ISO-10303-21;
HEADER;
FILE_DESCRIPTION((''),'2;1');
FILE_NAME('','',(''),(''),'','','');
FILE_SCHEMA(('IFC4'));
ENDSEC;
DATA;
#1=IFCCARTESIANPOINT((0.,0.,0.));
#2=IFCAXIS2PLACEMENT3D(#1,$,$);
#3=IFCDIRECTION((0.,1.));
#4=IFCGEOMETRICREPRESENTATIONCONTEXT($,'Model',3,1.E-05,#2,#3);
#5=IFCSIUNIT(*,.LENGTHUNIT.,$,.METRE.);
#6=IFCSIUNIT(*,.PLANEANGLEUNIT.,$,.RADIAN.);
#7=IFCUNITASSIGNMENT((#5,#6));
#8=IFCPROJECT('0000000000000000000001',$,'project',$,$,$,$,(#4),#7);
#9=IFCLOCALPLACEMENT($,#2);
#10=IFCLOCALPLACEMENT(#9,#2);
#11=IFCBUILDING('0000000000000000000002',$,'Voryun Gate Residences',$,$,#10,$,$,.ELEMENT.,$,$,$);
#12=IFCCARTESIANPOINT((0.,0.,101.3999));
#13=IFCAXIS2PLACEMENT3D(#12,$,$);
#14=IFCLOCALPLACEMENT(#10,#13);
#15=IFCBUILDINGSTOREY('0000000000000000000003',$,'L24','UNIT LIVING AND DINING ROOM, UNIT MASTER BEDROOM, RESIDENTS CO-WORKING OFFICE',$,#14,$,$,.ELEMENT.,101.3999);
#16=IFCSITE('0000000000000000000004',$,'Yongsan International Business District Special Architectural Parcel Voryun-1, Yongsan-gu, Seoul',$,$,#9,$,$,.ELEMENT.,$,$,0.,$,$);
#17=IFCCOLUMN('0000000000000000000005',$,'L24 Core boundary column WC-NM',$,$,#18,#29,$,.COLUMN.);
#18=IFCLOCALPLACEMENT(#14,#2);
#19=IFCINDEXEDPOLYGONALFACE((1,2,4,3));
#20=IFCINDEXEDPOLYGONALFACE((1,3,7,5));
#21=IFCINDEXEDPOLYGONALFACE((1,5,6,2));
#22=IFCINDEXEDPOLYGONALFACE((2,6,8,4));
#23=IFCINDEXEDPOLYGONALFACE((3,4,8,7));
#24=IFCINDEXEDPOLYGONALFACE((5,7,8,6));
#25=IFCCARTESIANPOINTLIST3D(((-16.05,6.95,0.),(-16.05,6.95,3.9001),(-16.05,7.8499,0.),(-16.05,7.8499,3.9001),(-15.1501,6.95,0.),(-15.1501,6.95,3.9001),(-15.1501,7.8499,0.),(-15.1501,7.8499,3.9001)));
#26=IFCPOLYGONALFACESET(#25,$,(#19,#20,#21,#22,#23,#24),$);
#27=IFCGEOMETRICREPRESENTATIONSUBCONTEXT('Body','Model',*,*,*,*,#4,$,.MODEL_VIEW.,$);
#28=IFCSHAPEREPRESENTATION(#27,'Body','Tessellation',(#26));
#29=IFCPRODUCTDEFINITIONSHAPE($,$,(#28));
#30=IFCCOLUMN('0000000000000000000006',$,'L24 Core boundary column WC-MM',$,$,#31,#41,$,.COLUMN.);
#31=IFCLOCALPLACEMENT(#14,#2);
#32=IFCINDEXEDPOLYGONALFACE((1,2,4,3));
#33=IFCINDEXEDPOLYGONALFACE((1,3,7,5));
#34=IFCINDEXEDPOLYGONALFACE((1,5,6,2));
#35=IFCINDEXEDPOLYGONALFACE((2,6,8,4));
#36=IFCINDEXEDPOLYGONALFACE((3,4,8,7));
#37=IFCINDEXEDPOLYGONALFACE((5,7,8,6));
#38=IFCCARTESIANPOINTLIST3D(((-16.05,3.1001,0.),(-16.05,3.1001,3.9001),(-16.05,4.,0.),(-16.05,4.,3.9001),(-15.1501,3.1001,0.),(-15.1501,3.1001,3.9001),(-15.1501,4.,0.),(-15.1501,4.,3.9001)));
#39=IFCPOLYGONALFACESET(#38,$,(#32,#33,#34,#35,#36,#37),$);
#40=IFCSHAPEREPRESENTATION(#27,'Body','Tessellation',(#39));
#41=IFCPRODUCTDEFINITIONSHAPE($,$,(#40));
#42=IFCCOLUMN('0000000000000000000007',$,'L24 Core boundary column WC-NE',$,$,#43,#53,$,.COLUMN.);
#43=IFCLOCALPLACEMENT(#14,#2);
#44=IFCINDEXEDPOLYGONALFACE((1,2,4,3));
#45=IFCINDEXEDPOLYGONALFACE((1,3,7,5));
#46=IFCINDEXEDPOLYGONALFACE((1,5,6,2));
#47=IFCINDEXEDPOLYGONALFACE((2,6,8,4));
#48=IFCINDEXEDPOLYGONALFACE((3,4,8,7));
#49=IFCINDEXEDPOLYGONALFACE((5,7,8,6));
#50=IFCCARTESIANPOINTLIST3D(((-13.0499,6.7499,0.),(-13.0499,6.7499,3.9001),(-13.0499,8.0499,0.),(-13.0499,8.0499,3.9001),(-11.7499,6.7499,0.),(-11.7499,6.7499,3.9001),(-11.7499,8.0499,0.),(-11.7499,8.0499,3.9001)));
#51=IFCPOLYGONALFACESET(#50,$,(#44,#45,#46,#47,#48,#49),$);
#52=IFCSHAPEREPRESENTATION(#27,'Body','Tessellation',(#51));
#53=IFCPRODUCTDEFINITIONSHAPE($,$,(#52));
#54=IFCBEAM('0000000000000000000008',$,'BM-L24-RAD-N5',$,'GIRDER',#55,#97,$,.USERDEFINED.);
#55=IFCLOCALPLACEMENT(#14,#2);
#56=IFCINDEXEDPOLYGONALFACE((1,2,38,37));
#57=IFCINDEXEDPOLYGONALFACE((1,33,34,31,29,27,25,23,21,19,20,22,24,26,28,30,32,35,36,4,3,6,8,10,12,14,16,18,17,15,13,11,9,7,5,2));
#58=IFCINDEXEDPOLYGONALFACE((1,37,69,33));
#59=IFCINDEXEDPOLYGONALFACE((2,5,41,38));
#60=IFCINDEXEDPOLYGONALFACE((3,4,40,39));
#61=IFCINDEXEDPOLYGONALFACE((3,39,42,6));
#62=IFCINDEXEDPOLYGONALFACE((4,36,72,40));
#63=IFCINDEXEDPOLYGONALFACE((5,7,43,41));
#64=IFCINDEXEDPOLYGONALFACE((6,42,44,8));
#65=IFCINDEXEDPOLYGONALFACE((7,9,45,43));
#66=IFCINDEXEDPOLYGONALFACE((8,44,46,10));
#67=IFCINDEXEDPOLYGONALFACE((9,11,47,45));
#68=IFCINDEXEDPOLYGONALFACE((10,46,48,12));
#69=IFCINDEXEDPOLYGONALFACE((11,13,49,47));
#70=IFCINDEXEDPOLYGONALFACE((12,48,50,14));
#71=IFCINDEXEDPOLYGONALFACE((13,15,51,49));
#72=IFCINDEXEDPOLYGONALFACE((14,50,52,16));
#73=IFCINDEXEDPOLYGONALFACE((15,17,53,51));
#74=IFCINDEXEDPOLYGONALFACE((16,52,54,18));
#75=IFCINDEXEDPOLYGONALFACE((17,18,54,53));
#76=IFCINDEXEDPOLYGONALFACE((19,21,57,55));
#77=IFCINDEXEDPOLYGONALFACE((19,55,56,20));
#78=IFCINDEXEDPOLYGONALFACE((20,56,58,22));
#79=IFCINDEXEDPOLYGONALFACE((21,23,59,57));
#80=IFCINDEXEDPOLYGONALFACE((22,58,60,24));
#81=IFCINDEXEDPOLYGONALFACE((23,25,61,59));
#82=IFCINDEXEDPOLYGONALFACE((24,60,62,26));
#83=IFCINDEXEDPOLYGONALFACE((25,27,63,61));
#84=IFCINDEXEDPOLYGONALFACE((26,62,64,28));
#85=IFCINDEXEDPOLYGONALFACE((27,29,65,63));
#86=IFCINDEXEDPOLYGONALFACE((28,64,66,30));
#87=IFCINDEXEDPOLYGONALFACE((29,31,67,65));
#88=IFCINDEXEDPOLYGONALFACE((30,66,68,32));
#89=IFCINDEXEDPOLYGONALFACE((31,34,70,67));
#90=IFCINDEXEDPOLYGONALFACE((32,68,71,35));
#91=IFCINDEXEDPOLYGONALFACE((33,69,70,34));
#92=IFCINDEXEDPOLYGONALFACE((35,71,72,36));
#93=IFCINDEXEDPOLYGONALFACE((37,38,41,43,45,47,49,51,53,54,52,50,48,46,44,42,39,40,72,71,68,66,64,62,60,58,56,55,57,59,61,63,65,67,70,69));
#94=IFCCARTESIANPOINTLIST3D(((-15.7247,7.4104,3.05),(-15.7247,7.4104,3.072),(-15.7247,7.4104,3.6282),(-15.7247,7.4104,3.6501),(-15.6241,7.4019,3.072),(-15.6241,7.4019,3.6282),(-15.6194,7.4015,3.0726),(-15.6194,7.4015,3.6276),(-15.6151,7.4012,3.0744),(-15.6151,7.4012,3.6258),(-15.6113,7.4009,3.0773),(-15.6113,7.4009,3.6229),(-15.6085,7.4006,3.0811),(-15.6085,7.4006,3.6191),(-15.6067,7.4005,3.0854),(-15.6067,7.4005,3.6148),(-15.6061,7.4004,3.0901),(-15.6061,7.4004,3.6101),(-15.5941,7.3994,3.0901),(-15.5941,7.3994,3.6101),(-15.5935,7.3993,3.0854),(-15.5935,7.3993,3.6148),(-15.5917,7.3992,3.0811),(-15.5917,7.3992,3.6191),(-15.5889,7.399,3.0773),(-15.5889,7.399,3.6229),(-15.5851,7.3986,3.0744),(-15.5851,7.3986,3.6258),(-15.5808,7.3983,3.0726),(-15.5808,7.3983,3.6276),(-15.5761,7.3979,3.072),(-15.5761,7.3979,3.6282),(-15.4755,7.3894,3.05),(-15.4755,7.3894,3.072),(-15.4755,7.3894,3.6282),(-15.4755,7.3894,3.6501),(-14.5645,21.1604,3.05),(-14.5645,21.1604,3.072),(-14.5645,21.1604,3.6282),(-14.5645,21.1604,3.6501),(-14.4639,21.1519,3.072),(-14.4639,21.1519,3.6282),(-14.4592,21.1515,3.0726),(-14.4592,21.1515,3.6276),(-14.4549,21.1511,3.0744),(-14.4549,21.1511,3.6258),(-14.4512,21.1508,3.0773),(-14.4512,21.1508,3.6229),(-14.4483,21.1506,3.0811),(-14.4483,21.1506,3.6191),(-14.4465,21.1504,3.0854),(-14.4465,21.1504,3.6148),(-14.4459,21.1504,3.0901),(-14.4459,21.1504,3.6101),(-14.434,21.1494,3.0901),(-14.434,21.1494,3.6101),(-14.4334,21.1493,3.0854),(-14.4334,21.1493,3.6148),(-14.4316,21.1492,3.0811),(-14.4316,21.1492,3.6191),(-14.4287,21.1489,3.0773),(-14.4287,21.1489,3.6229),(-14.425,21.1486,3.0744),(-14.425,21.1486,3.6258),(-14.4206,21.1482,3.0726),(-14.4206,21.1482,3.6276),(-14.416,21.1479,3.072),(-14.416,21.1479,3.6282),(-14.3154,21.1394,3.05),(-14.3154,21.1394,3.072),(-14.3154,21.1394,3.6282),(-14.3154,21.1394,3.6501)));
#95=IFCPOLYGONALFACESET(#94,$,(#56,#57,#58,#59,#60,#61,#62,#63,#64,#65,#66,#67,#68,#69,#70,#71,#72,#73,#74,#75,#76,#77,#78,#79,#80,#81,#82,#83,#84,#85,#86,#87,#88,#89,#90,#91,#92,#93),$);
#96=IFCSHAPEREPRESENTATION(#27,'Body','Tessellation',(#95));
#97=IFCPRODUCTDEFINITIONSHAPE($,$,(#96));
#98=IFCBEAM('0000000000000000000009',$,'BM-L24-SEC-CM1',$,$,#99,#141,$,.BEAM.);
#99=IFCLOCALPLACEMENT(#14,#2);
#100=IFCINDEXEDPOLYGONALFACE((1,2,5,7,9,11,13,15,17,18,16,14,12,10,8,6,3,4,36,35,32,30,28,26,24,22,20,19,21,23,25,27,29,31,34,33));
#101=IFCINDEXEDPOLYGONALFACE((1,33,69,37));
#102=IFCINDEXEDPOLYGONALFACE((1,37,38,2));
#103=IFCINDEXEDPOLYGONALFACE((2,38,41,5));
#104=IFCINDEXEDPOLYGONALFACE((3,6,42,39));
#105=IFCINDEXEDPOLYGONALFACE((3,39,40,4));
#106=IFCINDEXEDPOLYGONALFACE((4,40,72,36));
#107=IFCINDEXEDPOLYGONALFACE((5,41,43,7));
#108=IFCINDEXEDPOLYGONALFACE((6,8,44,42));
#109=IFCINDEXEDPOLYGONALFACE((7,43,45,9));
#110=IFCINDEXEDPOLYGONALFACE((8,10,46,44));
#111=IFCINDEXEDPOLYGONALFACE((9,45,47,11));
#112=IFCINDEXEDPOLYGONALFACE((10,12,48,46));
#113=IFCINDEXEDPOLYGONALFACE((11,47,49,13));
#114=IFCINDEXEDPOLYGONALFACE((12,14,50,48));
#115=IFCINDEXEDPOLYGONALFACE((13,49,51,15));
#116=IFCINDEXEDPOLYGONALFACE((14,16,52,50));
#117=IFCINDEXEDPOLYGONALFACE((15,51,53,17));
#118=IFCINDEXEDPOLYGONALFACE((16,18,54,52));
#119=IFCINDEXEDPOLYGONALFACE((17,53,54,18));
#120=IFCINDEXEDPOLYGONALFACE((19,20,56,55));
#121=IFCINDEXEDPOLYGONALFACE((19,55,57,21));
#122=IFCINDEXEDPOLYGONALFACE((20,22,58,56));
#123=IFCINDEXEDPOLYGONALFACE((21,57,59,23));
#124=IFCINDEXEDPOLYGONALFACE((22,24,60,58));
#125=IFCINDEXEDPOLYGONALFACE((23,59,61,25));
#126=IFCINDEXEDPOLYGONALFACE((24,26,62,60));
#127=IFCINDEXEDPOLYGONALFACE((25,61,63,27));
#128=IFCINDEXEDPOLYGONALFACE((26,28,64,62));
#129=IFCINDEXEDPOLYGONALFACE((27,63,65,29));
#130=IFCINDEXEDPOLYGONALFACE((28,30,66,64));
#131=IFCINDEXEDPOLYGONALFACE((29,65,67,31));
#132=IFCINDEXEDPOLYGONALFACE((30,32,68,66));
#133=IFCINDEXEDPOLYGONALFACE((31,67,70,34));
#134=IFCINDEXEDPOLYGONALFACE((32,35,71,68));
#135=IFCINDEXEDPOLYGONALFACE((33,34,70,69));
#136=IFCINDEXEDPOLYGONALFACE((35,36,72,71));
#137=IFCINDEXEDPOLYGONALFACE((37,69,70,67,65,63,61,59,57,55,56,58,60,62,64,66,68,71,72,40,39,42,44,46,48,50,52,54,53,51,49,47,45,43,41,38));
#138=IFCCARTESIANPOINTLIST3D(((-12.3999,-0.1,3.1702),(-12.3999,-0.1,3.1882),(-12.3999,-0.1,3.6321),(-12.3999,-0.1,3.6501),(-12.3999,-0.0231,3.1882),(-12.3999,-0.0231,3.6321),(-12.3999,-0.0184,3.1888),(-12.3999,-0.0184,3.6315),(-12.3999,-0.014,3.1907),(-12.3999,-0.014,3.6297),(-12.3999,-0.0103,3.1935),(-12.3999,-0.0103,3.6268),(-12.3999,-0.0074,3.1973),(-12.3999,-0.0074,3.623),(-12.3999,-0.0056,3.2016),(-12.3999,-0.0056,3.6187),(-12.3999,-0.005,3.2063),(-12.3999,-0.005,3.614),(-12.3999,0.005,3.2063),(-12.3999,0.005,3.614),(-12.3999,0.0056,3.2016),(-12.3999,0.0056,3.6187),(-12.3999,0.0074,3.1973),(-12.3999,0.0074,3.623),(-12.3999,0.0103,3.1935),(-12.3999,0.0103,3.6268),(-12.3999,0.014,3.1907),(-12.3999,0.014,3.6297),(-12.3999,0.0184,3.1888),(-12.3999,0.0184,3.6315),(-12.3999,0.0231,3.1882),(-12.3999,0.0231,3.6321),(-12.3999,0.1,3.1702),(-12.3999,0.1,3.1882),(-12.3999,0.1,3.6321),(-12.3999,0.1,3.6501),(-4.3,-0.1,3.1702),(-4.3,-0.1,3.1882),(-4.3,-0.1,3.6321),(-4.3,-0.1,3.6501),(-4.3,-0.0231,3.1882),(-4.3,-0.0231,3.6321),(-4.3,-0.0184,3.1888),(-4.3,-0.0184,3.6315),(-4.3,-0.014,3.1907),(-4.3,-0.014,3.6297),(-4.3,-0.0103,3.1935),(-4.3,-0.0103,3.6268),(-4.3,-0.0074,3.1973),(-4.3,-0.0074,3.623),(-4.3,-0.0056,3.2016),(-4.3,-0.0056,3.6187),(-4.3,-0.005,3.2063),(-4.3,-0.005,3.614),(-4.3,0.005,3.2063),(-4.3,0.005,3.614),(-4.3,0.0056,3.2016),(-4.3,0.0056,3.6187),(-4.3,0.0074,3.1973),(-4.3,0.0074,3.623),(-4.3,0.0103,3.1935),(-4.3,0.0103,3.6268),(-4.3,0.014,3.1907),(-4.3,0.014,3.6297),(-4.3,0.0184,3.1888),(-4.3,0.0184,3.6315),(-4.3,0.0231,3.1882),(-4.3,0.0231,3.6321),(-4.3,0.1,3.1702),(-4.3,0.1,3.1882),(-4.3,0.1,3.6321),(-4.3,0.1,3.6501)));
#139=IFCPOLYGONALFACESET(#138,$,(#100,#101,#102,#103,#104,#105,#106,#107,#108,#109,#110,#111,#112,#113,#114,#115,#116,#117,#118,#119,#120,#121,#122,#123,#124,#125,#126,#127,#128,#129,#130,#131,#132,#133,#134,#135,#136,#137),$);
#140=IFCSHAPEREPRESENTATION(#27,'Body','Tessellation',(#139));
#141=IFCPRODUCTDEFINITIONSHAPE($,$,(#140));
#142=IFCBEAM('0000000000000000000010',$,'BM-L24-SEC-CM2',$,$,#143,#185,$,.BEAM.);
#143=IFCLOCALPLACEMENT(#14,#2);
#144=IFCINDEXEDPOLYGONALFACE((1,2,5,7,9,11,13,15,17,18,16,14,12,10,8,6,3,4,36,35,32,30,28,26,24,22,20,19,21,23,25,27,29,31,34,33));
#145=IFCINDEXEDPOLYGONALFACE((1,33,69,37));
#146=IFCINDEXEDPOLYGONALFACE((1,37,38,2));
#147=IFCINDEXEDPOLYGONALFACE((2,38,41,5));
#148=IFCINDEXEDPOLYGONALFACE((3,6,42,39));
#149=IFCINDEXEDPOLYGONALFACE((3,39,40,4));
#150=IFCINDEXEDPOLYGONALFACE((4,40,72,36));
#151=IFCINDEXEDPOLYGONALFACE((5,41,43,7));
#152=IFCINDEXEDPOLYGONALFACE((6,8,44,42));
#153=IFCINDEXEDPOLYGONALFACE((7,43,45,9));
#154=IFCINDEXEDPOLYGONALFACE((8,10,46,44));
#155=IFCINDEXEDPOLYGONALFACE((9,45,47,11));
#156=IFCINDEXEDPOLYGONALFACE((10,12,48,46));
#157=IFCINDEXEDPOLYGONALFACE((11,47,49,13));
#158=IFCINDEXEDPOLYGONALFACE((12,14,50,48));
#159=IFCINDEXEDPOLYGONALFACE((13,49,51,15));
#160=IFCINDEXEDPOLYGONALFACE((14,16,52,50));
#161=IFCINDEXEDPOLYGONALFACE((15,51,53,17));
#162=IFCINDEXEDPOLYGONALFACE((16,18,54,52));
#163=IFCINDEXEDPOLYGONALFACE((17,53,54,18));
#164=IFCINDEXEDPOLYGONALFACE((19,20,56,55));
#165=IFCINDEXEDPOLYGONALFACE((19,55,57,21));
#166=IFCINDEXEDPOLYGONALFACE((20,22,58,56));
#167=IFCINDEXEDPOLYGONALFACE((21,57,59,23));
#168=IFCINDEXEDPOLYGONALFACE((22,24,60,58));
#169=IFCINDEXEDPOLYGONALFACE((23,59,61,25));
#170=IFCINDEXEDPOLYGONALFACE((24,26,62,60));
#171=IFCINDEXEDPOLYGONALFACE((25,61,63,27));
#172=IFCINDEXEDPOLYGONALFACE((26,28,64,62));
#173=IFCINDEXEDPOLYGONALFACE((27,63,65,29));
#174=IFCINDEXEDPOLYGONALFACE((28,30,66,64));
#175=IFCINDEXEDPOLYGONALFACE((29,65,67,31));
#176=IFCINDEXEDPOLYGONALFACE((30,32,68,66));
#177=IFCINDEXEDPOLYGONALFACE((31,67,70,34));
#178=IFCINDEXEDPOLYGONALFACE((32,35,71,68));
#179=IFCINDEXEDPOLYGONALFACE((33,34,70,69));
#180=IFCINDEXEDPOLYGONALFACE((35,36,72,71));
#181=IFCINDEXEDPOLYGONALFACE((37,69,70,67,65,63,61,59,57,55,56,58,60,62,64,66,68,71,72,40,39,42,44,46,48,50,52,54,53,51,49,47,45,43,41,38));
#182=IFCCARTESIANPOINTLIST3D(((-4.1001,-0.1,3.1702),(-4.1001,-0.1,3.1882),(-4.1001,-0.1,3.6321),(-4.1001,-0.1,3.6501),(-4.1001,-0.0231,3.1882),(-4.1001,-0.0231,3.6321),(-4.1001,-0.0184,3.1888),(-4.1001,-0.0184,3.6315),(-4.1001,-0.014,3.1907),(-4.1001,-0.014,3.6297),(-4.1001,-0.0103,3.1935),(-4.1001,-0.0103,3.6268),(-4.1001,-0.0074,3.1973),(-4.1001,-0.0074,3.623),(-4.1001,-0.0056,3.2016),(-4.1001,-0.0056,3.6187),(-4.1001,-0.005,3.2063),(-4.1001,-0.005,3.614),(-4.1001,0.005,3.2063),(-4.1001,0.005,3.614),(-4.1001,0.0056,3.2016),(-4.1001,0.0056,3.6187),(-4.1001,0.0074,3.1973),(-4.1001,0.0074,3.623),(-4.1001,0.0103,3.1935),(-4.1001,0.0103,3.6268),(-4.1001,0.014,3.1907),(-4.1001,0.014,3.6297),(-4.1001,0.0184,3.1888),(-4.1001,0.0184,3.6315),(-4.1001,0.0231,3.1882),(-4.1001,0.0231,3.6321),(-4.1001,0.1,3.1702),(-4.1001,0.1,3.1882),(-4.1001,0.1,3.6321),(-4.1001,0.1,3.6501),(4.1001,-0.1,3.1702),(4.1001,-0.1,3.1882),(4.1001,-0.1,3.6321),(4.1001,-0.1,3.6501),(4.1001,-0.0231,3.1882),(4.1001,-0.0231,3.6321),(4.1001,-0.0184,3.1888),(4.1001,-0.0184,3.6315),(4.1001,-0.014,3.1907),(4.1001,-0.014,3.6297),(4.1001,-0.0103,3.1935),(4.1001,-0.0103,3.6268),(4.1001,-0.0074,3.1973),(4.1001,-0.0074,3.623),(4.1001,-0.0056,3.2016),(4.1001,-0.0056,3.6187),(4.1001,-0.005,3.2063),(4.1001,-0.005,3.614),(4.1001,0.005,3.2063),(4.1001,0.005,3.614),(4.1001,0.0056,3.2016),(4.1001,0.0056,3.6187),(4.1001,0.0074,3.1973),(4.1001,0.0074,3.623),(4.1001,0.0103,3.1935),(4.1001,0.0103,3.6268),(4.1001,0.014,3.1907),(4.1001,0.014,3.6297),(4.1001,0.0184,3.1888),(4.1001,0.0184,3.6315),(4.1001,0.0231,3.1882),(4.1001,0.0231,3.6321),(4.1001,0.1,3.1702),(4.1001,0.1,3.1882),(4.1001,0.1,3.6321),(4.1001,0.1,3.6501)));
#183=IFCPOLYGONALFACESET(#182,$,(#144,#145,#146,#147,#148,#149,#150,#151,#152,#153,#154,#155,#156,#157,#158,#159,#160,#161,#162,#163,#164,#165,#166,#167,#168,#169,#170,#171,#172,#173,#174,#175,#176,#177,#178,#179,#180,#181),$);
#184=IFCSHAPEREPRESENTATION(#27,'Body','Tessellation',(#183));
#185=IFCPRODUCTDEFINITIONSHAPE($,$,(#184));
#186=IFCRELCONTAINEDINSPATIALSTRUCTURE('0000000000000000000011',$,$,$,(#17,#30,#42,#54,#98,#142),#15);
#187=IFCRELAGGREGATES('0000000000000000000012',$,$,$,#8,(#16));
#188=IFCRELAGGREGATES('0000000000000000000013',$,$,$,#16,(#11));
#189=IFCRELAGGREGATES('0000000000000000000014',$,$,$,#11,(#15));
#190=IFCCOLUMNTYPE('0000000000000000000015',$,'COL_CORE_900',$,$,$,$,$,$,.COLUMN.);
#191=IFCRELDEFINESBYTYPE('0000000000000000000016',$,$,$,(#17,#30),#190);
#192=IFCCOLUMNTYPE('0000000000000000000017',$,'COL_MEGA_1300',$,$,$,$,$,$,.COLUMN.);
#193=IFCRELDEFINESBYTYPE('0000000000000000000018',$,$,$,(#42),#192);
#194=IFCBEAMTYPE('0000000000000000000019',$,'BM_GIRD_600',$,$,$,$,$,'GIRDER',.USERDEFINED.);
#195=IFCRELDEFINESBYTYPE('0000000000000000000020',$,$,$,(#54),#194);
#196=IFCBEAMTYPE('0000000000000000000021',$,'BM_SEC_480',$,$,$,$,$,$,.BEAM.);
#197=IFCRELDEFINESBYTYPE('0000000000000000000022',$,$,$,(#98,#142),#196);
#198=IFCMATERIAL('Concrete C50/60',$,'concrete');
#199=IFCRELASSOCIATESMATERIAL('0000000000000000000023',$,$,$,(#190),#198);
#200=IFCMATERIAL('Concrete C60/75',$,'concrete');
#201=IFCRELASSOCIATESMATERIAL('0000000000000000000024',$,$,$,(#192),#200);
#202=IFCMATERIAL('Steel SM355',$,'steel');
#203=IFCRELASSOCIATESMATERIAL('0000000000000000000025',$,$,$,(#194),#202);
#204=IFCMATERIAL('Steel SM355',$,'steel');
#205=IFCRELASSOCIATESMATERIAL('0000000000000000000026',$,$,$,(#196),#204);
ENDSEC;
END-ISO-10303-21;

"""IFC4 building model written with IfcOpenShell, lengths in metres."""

from ifc_helpers import new_model, si_unit, direction, frame, origin, origin_2d, place, context, subcontext, project, spatial, rectangle, i_section, extrude, material, material_profile, profile_set, type_object, element, save


model = new_model("IFC4")

# Units and contexts
model_context = context("Model", 3, precision=1e-05, world=origin(), true_north=direction((0.0, 1.0)))
body_context = subcontext(model_context, "Body", "Model", "MODEL_VIEW")
ifc_project = project(units=[si_unit("LENGTHUNIT", "METRE"), si_unit("PLANEANGLEUNIT", "RADIAN")], contexts=[model_context])

# Site, building, storey
site_placement = place(None, origin())
site = spatial("IfcSite", under=ifc_project, at=site_placement, Name="Yongsan International Business District Special Architectural Parcel Voryun-1, Yongsan-gu, Seoul", CompositionType="ELEMENT", RefElevation=0.0)
building_placement = place(site_placement, origin())
building = spatial("IfcBuilding", under=site, at=building_placement, Name="Voryun Gate Residences", CompositionType="ELEMENT")
storey_placement = place(building_placement, frame((0.0, 0.0, 101.3999)))
storey = spatial("IfcBuildingStorey", under=building, at=storey_placement, Name="L24", Description="UNIT LIVING AND DINING ROOM, UNIT MASTER BEDROOM, RESIDENTS CO-WORKING OFFICE", CompositionType="ELEMENT", Elevation=101.3999)

# Columns
ifc_material_1 = material(Name="Concrete C50/60", Category="concrete")
ifc_material_profile_1 = material_profile(ifc_material_1, rectangle(XDim=0.8999, YDim=0.8999, at=origin_2d()), Name="RC-900x900")
ifc_profile_set_1 = profile_set([ifc_material_profile_1], Name="Concrete C50/60")
column_type_1 = type_object("IfcColumnType", Name="COL_CORE_900", PredefinedType="COLUMN", material=ifc_profile_set_1)
for number, where, z_axis, x_axis, name in (
    (1, (-15.6001, 7.3999, 0.0), (0.0, 0.0, 1.0), (1.0, 0.0, 0.0), "L24 Core boundary column WC-NM"),
    (2, (-15.6001, 3.55, 0.0), (0.0, 0.0, 1.0), (1.0, 0.0, 0.0), "L24 Core boundary column WC-MM"),
):
    element("IfcColumn", number, at=place(storey_placement, frame(where, z_axis=z_axis, x_axis=x_axis)), inside=storey, type_object=column_type_1, Name=name, PredefinedType="COLUMN", context=body_context, shape_type="SweptSolid", body=[
        extrude(rectangle(XDim=0.8999, YDim=0.8999, at=origin_2d()), origin(), (0.0, 0.0, 1.0), 3.9001),
    ])
ifc_material_2 = material(Name="Concrete C60/75", Category="concrete")
ifc_material_profile_2 = material_profile(ifc_material_2, rectangle(XDim=1.3, YDim=1.3, at=origin_2d()), Name="RC-1300x1300")
ifc_profile_set_2 = profile_set([ifc_material_profile_2], Name="Concrete C60/75")
column_type_2 = type_object("IfcColumnType", Name="COL_MEGA_1300", PredefinedType="COLUMN", material=ifc_profile_set_2)
column_placement = place(storey_placement, frame((-12.3999, 7.3999, 0.0), z_axis=(0.0, 0.0, 1.0), x_axis=(1.0, 0.0, 0.0)))
element("IfcColumn", 3, at=column_placement, inside=storey, type_object=column_type_2, Name="L24 Core boundary column WC-NE", PredefinedType="COLUMN", context=body_context, shape_type="SweptSolid", body=[
    extrude(rectangle(XDim=1.3, YDim=1.3, at=origin_2d()), origin(), (0.0, 0.0, 1.0), 3.9001),
])

# Beams
ifc_material_3 = material(Name="Steel SM355", Category="steel")
ifc_material_profile_3 = material_profile(ifc_material_3, i_section(OverallWidth=0.25, OverallDepth=0.6001, WebThickness=0.012, FlangeThickness=0.022, FilletRadius=0.0181, at=origin_2d()), Name="H-600x250x12x22")
ifc_profile_set_3 = profile_set([ifc_material_profile_3], Name="Steel SM355")
beam_type_1 = type_object("IfcBeamType", Name="BM_GIRD_600", ElementType="GIRDER", PredefinedType="USERDEFINED", material=ifc_profile_set_3)
beam_1_placement = place(storey_placement, frame((-15.6001, 7.3999, 3.3501), z_axis=(0.084076, 0.996459, 0.0), x_axis=(-0.996459, 0.084076, 0.0)))
element("IfcBeam", 4, at=beam_1_placement, inside=storey, type_object=beam_type_1, Name="BM-L24-RAD-N5", ObjectType="GIRDER", PredefinedType="USERDEFINED", context=body_context, shape_type="SweptSolid", body=[
    extrude(i_section(OverallWidth=0.25, OverallDepth=0.6001, WebThickness=0.012, FlangeThickness=0.022, FilletRadius=0.0181, at=origin_2d()), origin(), (0.0, 0.0, 1.0), 13.7988),
])
ifc_material_4 = material(Name="Steel SM355", Category="steel")
ifc_material_profile_4 = material_profile(ifc_material_4, i_section(OverallWidth=0.2, OverallDepth=0.48, WebThickness=0.01, FlangeThickness=0.0181, FilletRadius=0.0181, at=origin_2d()), Name="H-480x200x10x18")
ifc_profile_set_4 = profile_set([ifc_material_profile_4], Name="Steel SM355")
beam_type_2 = type_object("IfcBeamType", Name="BM_SEC_480", PredefinedType="BEAM", material=ifc_profile_set_4)
beam_2_placement = place(storey_placement, frame((-12.3999, 0.0, 3.4102), z_axis=(1.0, 0.0, 0.0), x_axis=(0.0, 1.0, 0.0)))
element("IfcBeam", 5, at=beam_2_placement, inside=storey, type_object=beam_type_2, Name="BM-L24-SEC-CM1", PredefinedType="BEAM", context=body_context, shape_type="SweptSolid", body=[
    extrude(i_section(OverallWidth=0.2, OverallDepth=0.48, WebThickness=0.01, FlangeThickness=0.0181, FilletRadius=0.0181, at=origin_2d()), origin(), (0.0, 0.0, 1.0), 8.0999),
])
beam_3_placement = place(storey_placement, frame((-4.1001, 0.0, 3.4102), z_axis=(1.0, 0.0, 0.0), x_axis=(0.0, 1.0, 0.0)))
element("IfcBeam", 6, at=beam_3_placement, inside=storey, type_object=beam_type_2, Name="BM-L24-SEC-CM2", PredefinedType="BEAM", context=body_context, shape_type="SweptSolid", body=[
    extrude(i_section(OverallWidth=0.2, OverallDepth=0.48, WebThickness=0.01, FlangeThickness=0.0181, FilletRadius=0.0181, at=origin_2d()), origin(), (0.0, 0.0, 1.0), 8.2002),
])

save(model, "model.ifc")
